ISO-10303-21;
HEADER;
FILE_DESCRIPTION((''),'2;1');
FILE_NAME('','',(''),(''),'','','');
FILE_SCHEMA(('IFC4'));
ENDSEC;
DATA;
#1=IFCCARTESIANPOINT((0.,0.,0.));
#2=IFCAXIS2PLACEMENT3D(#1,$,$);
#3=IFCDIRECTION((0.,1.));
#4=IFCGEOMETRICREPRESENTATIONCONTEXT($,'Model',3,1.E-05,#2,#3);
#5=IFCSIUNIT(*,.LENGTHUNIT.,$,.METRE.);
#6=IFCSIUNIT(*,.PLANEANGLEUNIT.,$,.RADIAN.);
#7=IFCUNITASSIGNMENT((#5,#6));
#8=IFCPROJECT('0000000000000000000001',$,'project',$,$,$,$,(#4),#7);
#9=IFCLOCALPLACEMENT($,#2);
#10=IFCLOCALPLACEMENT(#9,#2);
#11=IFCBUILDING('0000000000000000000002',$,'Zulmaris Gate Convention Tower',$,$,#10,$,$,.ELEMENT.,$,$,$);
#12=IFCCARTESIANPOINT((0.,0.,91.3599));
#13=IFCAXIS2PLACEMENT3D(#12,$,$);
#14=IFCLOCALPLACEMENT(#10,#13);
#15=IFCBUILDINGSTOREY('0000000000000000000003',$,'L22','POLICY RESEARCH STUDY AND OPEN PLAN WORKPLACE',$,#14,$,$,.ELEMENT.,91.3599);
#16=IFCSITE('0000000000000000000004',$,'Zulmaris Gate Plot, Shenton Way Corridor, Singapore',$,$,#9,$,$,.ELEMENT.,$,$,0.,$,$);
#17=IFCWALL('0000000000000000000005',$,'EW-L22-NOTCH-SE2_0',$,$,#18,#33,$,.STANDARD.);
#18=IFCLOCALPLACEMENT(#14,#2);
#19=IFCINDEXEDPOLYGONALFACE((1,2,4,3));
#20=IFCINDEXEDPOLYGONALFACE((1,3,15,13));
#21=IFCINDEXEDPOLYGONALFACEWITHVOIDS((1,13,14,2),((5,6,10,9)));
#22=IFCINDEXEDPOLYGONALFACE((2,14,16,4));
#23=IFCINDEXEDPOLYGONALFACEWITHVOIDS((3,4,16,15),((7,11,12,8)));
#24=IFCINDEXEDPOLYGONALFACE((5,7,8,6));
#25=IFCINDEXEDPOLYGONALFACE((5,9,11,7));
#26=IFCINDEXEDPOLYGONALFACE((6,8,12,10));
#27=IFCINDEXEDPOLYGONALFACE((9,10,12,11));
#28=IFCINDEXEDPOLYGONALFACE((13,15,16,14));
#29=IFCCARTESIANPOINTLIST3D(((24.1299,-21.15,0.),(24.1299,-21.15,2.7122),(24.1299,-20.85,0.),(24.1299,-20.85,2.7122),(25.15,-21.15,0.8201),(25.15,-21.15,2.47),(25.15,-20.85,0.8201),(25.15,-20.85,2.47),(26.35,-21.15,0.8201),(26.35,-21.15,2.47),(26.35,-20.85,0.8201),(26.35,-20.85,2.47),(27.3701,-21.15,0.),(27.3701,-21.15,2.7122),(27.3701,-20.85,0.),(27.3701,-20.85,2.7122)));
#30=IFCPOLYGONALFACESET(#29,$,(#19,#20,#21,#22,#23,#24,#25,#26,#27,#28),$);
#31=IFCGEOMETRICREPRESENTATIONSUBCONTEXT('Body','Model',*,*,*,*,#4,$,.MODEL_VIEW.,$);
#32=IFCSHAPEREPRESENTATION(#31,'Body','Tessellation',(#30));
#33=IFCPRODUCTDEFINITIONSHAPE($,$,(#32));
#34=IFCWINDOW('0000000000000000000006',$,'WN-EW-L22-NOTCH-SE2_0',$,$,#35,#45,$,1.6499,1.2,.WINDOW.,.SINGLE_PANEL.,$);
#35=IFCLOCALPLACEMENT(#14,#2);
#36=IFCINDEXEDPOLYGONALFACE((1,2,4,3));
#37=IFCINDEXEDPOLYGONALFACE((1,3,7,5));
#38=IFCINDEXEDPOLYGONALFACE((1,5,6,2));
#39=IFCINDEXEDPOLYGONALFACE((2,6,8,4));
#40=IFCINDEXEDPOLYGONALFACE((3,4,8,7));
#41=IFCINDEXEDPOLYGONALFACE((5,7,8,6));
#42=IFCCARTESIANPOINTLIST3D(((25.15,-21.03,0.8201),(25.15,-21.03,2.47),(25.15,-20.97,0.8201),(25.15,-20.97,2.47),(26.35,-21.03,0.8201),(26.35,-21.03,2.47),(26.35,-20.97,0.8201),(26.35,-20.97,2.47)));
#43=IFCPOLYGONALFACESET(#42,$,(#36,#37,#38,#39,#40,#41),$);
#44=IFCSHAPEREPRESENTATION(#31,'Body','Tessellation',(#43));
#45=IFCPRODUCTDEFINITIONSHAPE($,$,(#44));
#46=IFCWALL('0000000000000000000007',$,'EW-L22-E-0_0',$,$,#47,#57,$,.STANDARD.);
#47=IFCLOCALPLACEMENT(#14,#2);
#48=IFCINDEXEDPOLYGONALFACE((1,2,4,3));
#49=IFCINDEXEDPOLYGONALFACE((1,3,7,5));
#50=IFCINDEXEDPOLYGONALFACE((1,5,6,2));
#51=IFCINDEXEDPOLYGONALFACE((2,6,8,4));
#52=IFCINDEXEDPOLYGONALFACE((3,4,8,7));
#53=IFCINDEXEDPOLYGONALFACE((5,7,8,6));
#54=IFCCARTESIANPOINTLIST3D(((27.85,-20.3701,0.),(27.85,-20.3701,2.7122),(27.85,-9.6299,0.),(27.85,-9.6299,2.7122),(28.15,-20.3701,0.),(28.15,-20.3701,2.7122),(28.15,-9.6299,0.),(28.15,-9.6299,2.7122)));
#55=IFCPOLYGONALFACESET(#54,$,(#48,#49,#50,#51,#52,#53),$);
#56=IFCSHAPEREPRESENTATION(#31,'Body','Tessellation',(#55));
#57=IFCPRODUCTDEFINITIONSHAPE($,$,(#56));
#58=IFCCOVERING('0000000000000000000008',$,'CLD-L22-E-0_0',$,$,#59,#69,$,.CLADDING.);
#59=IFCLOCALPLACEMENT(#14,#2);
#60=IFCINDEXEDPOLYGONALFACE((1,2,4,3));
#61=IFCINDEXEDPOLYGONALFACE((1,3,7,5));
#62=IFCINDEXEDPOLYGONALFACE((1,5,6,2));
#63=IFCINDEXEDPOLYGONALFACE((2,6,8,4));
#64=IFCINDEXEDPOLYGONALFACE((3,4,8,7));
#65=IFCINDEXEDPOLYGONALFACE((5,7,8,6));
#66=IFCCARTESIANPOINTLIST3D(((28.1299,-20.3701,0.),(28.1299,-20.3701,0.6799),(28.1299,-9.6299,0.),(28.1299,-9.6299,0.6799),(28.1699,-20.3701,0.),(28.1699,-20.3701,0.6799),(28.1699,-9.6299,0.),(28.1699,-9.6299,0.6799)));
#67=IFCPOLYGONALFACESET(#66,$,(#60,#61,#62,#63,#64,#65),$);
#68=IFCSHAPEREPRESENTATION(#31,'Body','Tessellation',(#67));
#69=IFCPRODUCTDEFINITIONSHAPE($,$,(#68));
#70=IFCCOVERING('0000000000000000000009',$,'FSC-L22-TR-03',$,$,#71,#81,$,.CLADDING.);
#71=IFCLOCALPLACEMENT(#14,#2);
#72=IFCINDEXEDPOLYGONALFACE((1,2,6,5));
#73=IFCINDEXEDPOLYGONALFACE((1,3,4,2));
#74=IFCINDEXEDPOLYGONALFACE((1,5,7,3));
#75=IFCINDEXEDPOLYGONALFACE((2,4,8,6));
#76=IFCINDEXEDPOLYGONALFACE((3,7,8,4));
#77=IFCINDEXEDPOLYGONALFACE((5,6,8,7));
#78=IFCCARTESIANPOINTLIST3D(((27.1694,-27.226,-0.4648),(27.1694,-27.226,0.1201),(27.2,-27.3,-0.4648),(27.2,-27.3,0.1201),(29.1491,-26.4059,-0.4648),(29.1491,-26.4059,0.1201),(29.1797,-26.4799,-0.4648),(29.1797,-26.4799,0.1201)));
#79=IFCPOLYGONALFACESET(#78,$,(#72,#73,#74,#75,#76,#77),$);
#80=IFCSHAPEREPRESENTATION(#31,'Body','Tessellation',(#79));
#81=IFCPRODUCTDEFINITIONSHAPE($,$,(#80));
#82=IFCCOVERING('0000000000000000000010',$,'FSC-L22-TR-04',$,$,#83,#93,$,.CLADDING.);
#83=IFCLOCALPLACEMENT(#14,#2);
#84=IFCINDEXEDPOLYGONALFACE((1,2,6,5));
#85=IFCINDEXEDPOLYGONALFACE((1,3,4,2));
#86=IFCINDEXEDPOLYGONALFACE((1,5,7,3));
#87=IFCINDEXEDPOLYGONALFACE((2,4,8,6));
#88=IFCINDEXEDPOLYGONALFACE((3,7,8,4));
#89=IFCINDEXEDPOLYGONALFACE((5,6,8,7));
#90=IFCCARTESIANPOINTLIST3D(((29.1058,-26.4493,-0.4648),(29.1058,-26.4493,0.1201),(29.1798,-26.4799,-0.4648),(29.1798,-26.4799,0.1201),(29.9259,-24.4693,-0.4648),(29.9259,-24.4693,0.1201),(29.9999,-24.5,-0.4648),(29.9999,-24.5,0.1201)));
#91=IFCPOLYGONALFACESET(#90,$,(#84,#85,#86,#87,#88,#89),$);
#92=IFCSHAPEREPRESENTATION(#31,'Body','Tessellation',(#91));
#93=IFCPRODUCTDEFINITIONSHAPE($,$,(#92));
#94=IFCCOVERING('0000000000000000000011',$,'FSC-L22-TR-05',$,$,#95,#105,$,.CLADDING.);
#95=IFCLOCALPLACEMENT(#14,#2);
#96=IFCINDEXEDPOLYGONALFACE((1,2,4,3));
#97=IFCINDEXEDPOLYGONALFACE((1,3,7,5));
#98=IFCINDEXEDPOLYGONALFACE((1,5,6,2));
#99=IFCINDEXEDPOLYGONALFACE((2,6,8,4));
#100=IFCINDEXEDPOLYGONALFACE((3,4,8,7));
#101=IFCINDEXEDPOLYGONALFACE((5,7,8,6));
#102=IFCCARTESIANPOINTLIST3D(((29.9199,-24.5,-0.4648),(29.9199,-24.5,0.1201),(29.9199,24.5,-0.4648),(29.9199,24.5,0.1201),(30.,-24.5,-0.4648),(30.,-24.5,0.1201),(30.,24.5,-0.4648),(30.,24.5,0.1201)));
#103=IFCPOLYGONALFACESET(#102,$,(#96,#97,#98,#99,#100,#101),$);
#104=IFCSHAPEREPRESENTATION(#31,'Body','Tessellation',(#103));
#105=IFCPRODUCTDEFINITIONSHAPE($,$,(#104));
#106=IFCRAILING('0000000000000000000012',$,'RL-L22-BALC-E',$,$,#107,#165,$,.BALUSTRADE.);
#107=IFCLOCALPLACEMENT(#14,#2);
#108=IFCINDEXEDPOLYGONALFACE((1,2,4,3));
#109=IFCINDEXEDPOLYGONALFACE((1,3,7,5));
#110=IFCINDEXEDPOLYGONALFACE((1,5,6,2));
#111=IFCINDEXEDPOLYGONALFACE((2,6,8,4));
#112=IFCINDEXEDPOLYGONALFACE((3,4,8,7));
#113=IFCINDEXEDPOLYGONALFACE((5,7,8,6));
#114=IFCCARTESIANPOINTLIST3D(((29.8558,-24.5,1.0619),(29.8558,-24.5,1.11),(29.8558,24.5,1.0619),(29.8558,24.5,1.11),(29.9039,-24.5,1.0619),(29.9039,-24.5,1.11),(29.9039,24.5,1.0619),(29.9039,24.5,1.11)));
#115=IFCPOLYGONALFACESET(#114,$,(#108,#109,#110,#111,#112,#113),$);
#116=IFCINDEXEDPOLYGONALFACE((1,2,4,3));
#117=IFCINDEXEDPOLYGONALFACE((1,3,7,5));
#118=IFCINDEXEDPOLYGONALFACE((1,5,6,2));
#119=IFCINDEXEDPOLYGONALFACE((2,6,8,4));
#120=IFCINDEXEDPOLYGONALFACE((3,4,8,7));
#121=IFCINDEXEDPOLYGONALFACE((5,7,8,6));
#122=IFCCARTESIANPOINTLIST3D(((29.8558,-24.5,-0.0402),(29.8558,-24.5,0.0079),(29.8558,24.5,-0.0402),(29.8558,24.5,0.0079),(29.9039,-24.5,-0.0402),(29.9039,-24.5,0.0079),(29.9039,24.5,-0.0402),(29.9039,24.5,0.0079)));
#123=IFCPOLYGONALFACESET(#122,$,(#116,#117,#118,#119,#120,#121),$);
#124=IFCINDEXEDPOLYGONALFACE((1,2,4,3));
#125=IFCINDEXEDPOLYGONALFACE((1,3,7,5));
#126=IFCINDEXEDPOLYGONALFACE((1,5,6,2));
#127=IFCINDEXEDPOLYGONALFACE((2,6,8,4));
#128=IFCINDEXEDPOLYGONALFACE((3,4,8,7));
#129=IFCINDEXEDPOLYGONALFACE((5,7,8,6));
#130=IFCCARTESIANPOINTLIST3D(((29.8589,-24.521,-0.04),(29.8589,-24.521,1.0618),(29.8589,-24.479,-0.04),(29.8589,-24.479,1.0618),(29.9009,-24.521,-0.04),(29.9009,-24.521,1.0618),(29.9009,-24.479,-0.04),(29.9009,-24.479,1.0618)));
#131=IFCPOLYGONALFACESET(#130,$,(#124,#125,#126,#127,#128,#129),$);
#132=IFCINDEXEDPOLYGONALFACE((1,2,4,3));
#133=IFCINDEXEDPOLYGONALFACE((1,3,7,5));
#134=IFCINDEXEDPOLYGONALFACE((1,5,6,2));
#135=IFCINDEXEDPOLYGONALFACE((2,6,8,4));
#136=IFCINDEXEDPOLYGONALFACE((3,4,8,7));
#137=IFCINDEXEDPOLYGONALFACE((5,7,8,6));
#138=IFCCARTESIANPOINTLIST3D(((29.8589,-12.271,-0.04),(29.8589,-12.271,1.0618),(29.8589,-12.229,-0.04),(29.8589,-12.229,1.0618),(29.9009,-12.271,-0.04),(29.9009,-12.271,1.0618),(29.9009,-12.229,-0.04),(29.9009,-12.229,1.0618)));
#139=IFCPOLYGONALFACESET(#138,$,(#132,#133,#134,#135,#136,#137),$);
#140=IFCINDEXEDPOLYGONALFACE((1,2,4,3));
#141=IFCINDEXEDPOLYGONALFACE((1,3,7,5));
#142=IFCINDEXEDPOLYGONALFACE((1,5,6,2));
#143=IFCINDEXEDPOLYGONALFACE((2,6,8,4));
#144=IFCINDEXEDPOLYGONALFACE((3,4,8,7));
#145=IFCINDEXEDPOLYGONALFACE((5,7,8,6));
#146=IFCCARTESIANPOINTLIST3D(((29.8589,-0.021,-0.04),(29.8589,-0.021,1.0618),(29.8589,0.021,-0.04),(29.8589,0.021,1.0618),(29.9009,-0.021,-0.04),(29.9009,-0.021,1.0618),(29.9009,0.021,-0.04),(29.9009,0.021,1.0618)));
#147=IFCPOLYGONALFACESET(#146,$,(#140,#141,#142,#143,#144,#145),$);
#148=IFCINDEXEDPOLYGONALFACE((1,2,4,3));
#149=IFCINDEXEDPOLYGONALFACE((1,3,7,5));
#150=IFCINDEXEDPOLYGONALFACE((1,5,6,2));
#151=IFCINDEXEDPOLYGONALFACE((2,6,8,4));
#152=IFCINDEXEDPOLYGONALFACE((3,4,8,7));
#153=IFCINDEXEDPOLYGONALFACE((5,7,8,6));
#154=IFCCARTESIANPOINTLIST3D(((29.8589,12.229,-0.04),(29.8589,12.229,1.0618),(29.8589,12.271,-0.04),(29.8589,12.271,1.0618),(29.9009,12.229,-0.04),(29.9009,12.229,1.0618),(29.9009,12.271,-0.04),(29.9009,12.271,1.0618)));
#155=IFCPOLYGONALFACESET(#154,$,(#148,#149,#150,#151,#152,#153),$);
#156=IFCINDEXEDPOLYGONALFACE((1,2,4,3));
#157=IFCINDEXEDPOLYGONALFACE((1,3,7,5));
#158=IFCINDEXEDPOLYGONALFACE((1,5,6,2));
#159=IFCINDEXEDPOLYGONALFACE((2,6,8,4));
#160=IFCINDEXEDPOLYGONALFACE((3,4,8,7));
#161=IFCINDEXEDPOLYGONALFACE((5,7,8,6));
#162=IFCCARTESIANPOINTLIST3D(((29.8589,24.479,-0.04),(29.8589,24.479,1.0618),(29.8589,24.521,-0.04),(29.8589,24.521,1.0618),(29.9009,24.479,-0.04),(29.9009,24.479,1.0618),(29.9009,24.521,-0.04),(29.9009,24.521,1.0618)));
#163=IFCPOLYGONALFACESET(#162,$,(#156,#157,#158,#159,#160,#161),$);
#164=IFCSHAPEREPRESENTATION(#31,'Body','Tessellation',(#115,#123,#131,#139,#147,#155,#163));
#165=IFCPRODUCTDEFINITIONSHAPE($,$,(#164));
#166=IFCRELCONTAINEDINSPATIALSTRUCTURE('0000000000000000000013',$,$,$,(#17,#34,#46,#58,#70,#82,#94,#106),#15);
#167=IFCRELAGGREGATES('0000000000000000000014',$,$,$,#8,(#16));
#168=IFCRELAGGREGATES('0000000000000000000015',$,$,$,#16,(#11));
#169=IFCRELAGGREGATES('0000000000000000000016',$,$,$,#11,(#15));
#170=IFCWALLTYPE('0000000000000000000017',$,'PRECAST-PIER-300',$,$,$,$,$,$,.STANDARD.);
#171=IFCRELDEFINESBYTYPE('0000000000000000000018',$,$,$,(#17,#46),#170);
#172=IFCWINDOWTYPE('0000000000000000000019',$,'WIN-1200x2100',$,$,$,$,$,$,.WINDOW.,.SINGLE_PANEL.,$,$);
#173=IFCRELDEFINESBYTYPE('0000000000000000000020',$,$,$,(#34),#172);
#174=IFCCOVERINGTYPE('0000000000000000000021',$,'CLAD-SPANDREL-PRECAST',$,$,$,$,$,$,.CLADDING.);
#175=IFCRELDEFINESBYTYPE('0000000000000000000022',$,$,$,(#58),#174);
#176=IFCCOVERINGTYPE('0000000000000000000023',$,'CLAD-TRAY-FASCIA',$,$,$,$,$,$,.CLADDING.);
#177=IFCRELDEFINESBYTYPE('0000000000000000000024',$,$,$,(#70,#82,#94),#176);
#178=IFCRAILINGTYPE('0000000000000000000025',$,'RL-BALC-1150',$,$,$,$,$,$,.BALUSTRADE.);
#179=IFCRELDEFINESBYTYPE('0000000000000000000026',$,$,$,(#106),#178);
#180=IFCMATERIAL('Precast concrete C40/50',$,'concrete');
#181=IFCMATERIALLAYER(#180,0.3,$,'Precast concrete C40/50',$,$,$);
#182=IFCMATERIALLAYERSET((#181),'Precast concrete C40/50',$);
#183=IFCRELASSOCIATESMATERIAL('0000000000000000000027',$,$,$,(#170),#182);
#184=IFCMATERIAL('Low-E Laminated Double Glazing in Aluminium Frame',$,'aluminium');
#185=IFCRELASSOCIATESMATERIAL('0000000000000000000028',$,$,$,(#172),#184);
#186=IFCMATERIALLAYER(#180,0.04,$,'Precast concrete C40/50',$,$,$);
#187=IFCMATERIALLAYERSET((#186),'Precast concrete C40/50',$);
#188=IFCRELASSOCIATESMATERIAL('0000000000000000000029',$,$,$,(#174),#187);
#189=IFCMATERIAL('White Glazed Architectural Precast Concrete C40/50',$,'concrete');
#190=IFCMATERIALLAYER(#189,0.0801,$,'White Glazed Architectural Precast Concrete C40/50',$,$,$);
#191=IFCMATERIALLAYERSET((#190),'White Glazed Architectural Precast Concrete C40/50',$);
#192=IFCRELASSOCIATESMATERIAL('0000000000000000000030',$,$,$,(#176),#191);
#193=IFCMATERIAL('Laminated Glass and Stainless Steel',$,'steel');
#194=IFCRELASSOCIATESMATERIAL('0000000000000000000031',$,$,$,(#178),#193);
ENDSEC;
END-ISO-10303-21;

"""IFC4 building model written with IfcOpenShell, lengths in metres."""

from ifc_helpers import new_model, si_unit, direction, frame, frame_2d, origin, origin_2d, place, context, subcontext, project, spatial, rectangle, extrude, material, layer, layer_set, type_object, element, fill, save


model = new_model("IFC4")

# Units and contexts
model_context = context("Model", 3, precision=1e-05, world=origin(), true_north=direction((0.0, 1.0)))
body_context = subcontext(model_context, "Body", "Model", "MODEL_VIEW")
ifc_project = project(units=[si_unit("LENGTHUNIT", "METRE"), si_unit("PLANEANGLEUNIT", "RADIAN")], contexts=[model_context])

# Site, building, storey
site_placement = place(None, origin())
site = spatial("IfcSite", under=ifc_project, at=site_placement, Name="Zulmaris Gate Plot, Shenton Way Corridor, Singapore", CompositionType="ELEMENT", RefElevation=0.0)
building_placement = place(site_placement, origin())
building = spatial("IfcBuilding", under=site, at=building_placement, Name="Zulmaris Gate Convention Tower", CompositionType="ELEMENT")
storey_placement = place(building_placement, frame((0.0, 0.0, 91.3599)))
storey = spatial("IfcBuildingStorey", under=building, at=storey_placement, Name="L22", Description="POLICY RESEARCH STUDY AND OPEN PLAN WORKPLACE", CompositionType="ELEMENT", Elevation=91.3599)

# Wall, opening, window
ifc_material_1 = material(Name="Precast concrete C40/50", Category="concrete")
ifc_layer_1 = layer(ifc_material_1, 0.3, Name="Precast concrete C40/50")
ifc_layer_set_1 = layer_set([ifc_layer_1], Name="Precast concrete C40/50")
wall_type_1 = type_object("IfcWallType", Name="PRECAST-PIER-300", PredefinedType="STANDARD", material=ifc_layer_set_1)
ifc_material_2 = material(Name="Low-E Laminated Double Glazing in Aluminium Frame", Category="aluminium")
window_type = type_object("IfcWindowType", Name="WIN-1200x2100", PartitioningType="SINGLE_PANEL", PredefinedType="WINDOW", material=ifc_material_2)
wall_1_placement = place(storey_placement, frame((24.1299, -21.0, 0.0), z_axis=(0.0, 0.0, 1.0), x_axis=(1.0, 0.0, 0.0)))
wall_1 = element("IfcWall", 1, at=wall_1_placement, inside=storey, type_object=wall_type_1, Name="EW-L22-NOTCH-SE2_0", PredefinedType="STANDARD", context=body_context, shape_type="SweptSolid", body=[
    extrude(rectangle(XDim=3.2402, YDim=0.3, at=frame_2d((1.6201, 0.0))), origin(), (0.0, 0.0, 1.0), 2.7122),
])
opening_1_placement = place(wall_1_placement, frame((1.02, 0.0, 0.8201)))
opening_1 = element("IfcOpeningElement", 2, at=opening_1_placement, cuts=wall_1, PredefinedType="OPENING", context=body_context, shape_type="SweptSolid", body=[
    extrude(rectangle(XDim=1.2, YDim=1.6499, at=frame_2d((0.6001, 0.825))), frame((0.0, 0.1602, 0.0), z_axis=(0.0, -1.0, 0.0), x_axis=(1.0, 0.0, 0.0)), (0.0, 0.0, 1.0), 0.3201),
])
window_1_placement = place(opening_1_placement, origin())
window_1 = element("IfcWindow", 3, at=window_1_placement, inside=storey, type_object=window_type, Name="WN-EW-L22-NOTCH-SE2_0", OverallHeight=1.6499, OverallWidth=1.2, PartitioningType="SINGLE_PANEL", PredefinedType="WINDOW", context=body_context, shape_type="SweptSolid", body=[
    extrude(rectangle(XDim=1.2, YDim=1.6499, at=frame_2d((0.6001, 0.825))), frame((0.0, 0.03, 0.0), z_axis=(0.0, -1.0, 0.0), x_axis=(1.0, 0.0, 0.0)), (0.0, 0.0, 1.0), 0.0601),
])
fill(opening_1, window_1)

# Wall
wall_2_placement = place(storey_placement, frame((28.0, -20.3701, 0.0), z_axis=(0.0, 0.0, 1.0), x_axis=(0.0, 1.0, 0.0)))
element("IfcWall", 4, at=wall_2_placement, inside=storey, type_object=wall_type_1, Name="EW-L22-E-0_0", PredefinedType="STANDARD", context=body_context, shape_type="SweptSolid", body=[
    extrude(rectangle(XDim=10.7402, YDim=0.3, at=frame_2d((5.3701, 0.0))), origin(), (0.0, 0.0, 1.0), 2.7122),
])

# Coverings
ifc_layer_2 = layer(ifc_material_1, 0.04, Name="Precast concrete C40/50")
ifc_layer_set_2 = layer_set([ifc_layer_2], Name="Precast concrete C40/50")
covering_type_1 = type_object("IfcCoveringType", Name="CLAD-SPANDREL-PRECAST", PredefinedType="CLADDING", material=ifc_layer_set_2)
covering_1_placement = place(storey_placement, frame((28.1499, -20.3701, 0.0), z_axis=(0.0, 0.0, 1.0), x_axis=(0.0, 1.0, 0.0)))
element("IfcCovering", 5, at=covering_1_placement, inside=storey, type_object=covering_type_1, Name="CLD-L22-E-0_0", PredefinedType="CLADDING", context=body_context, shape_type="SweptSolid", body=[
    extrude(rectangle(XDim=10.7402, YDim=0.04, at=frame_2d((5.3701, 0.0))), origin(), (0.0, 0.0, 1.0), 0.6799),
])
ifc_material_3 = material(Name="White Glazed Architectural Precast Concrete C40/50", Category="concrete")
ifc_layer_3 = layer(ifc_material_3, 0.0801, Name="White Glazed Architectural Precast Concrete C40/50")
ifc_layer_set_3 = layer_set([ifc_layer_3], Name="White Glazed Architectural Precast Concrete C40/50")
covering_type_2 = type_object("IfcCoveringType", Name="CLAD-TRAY-FASCIA", PredefinedType="CLADDING", material=ifc_layer_set_3)
covering_2_placement = place(storey_placement, frame((27.1848, -27.2629, -0.4648), z_axis=(0.0, 0.0, 1.0), x_axis=(0.923874, 0.382697, 0.0)))
element("IfcCovering", 6, at=covering_2_placement, inside=storey, type_object=covering_type_2, Name="FSC-L22-TR-03", PredefinedType="CLADDING", context=body_context, shape_type="SweptSolid", body=[
    extrude(rectangle(XDim=2.1428, YDim=0.0801, at=frame_2d((1.0713, 0.0))), origin(), (0.0, 0.0, 1.0), 0.585),
])
covering_3_placement = place(storey_placement, frame((29.1428, -26.4646, -0.4648), z_axis=(0.0, 0.0, 1.0), x_axis=(0.382657, 0.92389, 0.0)))
element("IfcCovering", 7, at=covering_3_placement, inside=storey, type_object=covering_type_2, Name="FSC-L22-TR-04", PredefinedType="CLADDING", context=body_context, shape_type="SweptSolid", body=[
    extrude(rectangle(XDim=2.1431, YDim=0.0801, at=frame_2d((1.0715, 0.0))), origin(), (0.0, 0.0, 1.0), 0.585),
])
covering_4_placement = place(storey_placement, frame((29.96, -24.5, -0.4648), z_axis=(0.0, 0.0, 1.0), x_axis=(0.0, 1.0, 0.0)))
element("IfcCovering", 8, at=covering_4_placement, inside=storey, type_object=covering_type_2, Name="FSC-L22-TR-05", PredefinedType="CLADDING", context=body_context, shape_type="SweptSolid", body=[
    extrude(rectangle(XDim=49.0, YDim=0.0801, at=frame_2d((24.5, 0.0))), origin(), (0.0, 0.0, 1.0), 0.585),
])

# Railing
ifc_material_4 = material(Name="Laminated Glass and Stainless Steel", Category="steel")
railing_type = type_object("IfcRailingType", Name="RL-BALC-1150", PredefinedType="BALUSTRADE", material=ifc_material_4)
railing_placement = place(storey_placement, frame((29.8799, -24.5, -0.04)))
element("IfcRailing", 9, at=railing_placement, inside=storey, type_object=railing_type, Name="RL-L22-BALC-E", PredefinedType="BALUSTRADE", context=body_context, shape_type="SweptSolid", body=[
    extrude(rectangle(XDim=0.0481, YDim=0.0481, at=origin_2d()), frame((0.0, 0.0, 1.126), z_axis=(0.0, 1.0, 0.0), x_axis=(-1.0, 0.0, 0.0)), (0.0, 0.0, 1.0), 49.0),
    extrude(rectangle(XDim=0.0481, YDim=0.0481, at=origin_2d()), frame((0.0, 0.0, 0.0239), z_axis=(0.0, 1.0, 0.0), x_axis=(-1.0, 0.0, 0.0)), (0.0, 0.0, 1.0), 49.0),
    extrude(rectangle(XDim=0.042, YDim=0.042, at=origin_2d()), origin(), (0.0, 0.0, 1.0), 1.1018),
    extrude(rectangle(XDim=0.042, YDim=0.042, at=origin_2d()), frame((0.0, 12.25, 0.0)), (0.0, 0.0, 1.0), 1.1018),
    extrude(rectangle(XDim=0.042, YDim=0.042, at=origin_2d()), frame((0.0, 24.5, 0.0)), (0.0, 0.0, 1.0), 1.1018),
    extrude(rectangle(XDim=0.042, YDim=0.042, at=origin_2d()), frame((0.0, 36.75, 0.0)), (0.0, 0.0, 1.0), 1.1018),
    extrude(rectangle(XDim=0.042, YDim=0.042, at=origin_2d()), frame((0.0, 49.0, 0.0)), (0.0, 0.0, 1.0), 1.1018),
])

save(model, "model.ifc")
